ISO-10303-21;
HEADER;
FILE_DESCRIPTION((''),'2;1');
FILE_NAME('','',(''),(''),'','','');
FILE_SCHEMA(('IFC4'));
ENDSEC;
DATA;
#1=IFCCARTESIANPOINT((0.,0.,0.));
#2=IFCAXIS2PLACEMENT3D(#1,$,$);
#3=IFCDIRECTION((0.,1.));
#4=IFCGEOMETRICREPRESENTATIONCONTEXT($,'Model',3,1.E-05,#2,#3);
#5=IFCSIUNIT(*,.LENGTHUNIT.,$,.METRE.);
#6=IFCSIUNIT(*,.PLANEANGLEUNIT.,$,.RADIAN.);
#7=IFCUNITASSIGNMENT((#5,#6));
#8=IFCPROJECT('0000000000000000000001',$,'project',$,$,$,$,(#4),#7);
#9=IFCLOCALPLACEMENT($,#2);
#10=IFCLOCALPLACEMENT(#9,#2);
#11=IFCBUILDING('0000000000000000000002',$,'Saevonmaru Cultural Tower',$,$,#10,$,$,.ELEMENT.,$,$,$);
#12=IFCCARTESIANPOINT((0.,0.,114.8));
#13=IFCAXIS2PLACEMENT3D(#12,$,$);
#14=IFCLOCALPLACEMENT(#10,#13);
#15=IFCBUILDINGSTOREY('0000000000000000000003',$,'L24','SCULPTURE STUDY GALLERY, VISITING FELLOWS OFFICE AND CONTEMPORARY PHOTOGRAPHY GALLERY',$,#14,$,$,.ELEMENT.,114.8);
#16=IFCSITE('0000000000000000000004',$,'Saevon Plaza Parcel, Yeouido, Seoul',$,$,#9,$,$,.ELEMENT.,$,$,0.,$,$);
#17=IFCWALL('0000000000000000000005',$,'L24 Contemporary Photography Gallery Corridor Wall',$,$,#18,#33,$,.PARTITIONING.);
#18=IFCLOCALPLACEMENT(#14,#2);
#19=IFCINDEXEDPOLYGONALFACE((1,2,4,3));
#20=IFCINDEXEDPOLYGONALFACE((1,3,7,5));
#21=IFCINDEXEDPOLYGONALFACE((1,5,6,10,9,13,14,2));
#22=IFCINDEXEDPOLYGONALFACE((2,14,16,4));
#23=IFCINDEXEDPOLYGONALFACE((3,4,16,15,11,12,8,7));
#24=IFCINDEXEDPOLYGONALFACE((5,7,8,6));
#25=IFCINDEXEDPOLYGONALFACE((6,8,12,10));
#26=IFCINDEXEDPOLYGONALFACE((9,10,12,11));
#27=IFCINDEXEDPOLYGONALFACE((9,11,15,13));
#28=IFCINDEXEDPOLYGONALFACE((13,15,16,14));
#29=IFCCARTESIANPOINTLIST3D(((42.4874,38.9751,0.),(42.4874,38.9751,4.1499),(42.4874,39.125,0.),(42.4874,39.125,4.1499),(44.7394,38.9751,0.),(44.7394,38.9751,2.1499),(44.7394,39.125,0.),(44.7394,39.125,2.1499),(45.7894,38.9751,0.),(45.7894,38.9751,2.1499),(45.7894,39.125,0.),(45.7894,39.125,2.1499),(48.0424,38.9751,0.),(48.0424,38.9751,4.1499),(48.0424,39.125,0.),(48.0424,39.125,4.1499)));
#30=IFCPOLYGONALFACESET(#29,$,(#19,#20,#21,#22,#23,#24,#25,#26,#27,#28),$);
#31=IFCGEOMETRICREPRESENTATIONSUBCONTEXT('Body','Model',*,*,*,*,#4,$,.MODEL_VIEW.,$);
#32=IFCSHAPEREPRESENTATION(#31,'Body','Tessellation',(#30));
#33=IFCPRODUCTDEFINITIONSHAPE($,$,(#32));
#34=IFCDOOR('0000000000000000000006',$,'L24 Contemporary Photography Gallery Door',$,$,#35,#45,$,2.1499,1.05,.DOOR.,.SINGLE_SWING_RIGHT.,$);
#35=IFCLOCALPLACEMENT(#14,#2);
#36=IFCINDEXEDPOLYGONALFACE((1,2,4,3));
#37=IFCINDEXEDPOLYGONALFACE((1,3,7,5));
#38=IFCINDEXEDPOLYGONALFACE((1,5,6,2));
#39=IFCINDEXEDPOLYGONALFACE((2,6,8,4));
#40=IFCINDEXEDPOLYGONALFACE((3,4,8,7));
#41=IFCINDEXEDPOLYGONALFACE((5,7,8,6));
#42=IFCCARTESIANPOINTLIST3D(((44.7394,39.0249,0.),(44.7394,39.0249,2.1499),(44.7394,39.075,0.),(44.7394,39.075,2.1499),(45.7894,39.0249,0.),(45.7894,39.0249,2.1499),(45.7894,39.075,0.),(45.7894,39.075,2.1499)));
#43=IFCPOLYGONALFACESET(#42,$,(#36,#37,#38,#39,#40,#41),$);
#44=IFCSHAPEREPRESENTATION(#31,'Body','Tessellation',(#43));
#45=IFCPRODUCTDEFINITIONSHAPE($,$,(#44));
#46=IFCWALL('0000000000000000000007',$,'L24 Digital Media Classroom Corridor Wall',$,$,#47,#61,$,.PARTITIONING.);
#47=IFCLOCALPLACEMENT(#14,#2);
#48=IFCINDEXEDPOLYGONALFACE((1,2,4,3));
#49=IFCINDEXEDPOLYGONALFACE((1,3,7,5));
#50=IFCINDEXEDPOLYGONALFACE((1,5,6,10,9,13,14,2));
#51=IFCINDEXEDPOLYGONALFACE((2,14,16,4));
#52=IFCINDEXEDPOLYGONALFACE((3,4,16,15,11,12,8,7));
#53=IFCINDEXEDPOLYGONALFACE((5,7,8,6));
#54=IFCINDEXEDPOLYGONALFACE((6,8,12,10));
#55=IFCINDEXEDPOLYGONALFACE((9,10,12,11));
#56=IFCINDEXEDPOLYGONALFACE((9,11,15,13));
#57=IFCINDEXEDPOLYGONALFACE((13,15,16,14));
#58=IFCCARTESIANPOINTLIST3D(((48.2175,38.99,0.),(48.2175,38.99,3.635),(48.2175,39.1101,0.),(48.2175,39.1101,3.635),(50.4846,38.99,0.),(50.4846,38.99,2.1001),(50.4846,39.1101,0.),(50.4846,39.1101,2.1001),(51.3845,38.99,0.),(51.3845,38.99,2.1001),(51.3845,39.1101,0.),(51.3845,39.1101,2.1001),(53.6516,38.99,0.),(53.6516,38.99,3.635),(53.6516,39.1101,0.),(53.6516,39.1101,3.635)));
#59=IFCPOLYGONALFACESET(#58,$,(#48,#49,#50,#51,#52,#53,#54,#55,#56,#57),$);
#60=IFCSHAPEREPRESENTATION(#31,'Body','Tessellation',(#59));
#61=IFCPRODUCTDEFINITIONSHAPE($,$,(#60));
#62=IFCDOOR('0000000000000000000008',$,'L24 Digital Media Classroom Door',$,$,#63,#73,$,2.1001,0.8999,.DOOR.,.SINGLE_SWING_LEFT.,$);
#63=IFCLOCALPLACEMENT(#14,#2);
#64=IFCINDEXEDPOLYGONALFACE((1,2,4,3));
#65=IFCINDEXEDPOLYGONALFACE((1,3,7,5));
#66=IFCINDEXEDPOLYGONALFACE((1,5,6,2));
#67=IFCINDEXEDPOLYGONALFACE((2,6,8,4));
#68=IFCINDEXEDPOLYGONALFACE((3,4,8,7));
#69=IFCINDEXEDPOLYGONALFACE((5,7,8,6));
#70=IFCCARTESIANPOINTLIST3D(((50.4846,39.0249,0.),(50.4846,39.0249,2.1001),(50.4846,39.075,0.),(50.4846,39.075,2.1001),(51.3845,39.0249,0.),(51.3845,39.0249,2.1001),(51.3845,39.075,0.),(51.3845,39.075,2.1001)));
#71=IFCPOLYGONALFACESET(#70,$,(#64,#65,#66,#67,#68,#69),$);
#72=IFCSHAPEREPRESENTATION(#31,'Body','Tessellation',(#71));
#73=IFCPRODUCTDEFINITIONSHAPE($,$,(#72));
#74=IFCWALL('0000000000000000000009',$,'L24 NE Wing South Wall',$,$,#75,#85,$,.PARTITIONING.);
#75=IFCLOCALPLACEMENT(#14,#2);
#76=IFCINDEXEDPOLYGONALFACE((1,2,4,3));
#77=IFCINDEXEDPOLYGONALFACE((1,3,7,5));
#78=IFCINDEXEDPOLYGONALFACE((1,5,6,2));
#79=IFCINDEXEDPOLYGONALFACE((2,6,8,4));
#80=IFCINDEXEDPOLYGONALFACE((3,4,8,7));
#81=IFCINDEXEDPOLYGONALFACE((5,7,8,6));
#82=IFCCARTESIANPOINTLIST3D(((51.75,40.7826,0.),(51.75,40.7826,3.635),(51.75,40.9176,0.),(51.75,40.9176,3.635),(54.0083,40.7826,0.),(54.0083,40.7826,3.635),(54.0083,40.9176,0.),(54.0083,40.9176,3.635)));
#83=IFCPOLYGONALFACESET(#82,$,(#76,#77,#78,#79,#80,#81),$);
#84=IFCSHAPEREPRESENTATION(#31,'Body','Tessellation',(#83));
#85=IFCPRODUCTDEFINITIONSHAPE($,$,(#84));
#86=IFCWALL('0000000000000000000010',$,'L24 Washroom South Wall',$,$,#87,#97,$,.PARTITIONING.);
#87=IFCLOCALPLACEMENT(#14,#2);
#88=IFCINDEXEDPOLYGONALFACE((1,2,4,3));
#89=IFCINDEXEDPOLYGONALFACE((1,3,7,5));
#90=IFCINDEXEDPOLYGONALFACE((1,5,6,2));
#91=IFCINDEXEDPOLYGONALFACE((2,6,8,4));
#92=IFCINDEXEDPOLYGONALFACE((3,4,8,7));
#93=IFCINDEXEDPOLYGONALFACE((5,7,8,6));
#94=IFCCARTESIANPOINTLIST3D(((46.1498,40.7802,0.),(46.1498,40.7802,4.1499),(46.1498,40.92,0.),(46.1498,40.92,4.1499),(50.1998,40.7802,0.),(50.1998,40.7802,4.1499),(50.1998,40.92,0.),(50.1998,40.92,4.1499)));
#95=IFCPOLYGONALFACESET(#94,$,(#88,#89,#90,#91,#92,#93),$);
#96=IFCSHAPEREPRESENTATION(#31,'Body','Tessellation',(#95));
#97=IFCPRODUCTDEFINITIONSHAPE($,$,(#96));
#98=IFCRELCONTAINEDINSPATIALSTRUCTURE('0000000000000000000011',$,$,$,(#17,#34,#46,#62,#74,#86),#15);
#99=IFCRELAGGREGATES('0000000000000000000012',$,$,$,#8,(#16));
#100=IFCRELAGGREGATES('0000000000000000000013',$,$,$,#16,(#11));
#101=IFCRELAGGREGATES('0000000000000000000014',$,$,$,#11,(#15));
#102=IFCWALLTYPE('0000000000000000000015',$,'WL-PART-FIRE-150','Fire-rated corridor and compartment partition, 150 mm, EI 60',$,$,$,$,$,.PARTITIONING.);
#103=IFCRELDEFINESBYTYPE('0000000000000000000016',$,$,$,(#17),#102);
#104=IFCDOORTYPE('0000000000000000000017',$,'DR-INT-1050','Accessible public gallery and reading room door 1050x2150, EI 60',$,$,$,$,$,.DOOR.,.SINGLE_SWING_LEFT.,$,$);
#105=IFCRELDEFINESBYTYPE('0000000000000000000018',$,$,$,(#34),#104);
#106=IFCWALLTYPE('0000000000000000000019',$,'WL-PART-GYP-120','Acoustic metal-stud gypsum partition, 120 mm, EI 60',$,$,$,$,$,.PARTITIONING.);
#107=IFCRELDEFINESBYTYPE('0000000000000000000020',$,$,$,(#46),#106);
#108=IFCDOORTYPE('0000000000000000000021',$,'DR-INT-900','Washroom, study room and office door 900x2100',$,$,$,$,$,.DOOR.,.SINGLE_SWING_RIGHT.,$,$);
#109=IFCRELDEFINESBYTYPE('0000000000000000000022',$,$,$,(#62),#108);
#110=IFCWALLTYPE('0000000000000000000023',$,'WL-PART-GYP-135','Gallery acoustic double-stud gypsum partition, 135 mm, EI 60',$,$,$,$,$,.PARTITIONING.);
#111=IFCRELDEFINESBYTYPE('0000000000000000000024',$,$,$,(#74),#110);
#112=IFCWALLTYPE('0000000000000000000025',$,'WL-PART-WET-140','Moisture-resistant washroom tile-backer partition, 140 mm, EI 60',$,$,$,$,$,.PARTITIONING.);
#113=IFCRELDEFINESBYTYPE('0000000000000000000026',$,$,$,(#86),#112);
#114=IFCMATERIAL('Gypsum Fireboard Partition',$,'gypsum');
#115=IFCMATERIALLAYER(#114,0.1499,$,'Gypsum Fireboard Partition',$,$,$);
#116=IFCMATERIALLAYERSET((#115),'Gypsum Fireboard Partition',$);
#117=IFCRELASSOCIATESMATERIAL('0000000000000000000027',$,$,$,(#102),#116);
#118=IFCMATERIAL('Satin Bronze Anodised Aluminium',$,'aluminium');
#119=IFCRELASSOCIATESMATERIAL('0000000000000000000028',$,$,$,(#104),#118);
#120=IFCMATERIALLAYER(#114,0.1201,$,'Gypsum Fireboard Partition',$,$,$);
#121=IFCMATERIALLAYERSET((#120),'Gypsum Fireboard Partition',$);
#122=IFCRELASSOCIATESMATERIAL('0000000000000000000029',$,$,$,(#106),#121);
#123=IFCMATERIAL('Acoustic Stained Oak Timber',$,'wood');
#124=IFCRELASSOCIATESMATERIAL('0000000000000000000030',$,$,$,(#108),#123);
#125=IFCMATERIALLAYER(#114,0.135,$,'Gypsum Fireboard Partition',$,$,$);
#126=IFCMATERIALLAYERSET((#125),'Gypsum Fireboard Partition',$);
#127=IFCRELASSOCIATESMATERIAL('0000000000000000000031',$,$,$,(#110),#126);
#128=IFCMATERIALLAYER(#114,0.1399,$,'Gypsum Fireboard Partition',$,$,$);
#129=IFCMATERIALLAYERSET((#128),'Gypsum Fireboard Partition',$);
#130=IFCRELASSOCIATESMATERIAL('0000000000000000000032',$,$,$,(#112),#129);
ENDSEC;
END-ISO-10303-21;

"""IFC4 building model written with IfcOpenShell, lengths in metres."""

from ifc_helpers import new_model, si_unit, direction, frame, frame_2d, origin, place, context, subcontext, project, spatial, rectangle, extrude, material, layer, layer_set, type_object, element, fill, save


model = new_model("IFC4")

# Units and contexts
model_context = context("Model", 3, precision=1e-05, world=origin(), true_north=direction((0.0, 1.0)))
body_context = subcontext(model_context, "Body", "Model", "MODEL_VIEW")
ifc_project = project(units=[si_unit("LENGTHUNIT", "METRE"), si_unit("PLANEANGLEUNIT", "RADIAN")], contexts=[model_context])

# Site, building, storey
site_placement = place(None, origin())
site = spatial("IfcSite", under=ifc_project, at=site_placement, Name="Saevon Plaza Parcel, Yeouido, Seoul", CompositionType="ELEMENT", RefElevation=0.0)
building_placement = place(site_placement, origin())
building = spatial("IfcBuilding", under=site, at=building_placement, Name="Saevonmaru Cultural Tower", CompositionType="ELEMENT")
storey_placement = place(building_placement, frame((0.0, 0.0, 114.8)))
storey = spatial("IfcBuildingStorey", under=building, at=storey_placement, Name="L24", Description="SCULPTURE STUDY GALLERY, VISITING FELLOWS OFFICE AND CONTEMPORARY PHOTOGRAPHY GALLERY", CompositionType="ELEMENT", Elevation=114.8)

# Shared definitions
ifc_material_1 = material(Name="Satin Bronze Anodised Aluminium", Category="aluminium")

# Walls, openings, doors
ifc_material_2 = material(Name="Gypsum Fireboard Partition", Category="gypsum")
ifc_layer_1 = layer(ifc_material_2, 0.1499, Name="Gypsum Fireboard Partition")
ifc_layer_set_1 = layer_set([ifc_layer_1], Name="Gypsum Fireboard Partition")
wall_type_1 = type_object("IfcWallType", Name="WL-PART-FIRE-150", Description="Fire-rated corridor and compartment partition, 150 mm, EI 60", PredefinedType="PARTITIONING", material=ifc_layer_set_1)
wall_1_placement = place(storey_placement, frame((42.4875, 39.05, 0.0), z_axis=(0.0, 0.0, 1.0), x_axis=(1.0, 0.0, 0.0)))
wall_1 = element("IfcWall", 1, at=wall_1_placement, inside=storey, type_object=wall_type_1, Name="L24 Contemporary Photography Gallery Corridor Wall", PredefinedType="PARTITIONING", context=body_context, shape_type="SweptSolid", body=[
    extrude(rectangle(XDim=5.5549, YDim=0.1499, at=frame_2d((2.7773, 0.0))), origin(), (0.0, 0.0, 1.0), 4.1499),
])
opening_1_placement = place(wall_1_placement, frame((2.252, 0.0, 0.0)))
opening_1 = element("IfcOpeningElement", 2, at=opening_1_placement, cuts=wall_1, PredefinedType="OPENING", context=body_context, shape_type="SweptSolid", body=[
    extrude(rectangle(XDim=1.05, YDim=2.1499, at=frame_2d((0.5249, 1.075))), frame((0.0, 0.085, 0.0), z_axis=(0.0, -1.0, 0.0), x_axis=(1.0, 0.0, 0.0)), (0.0, 0.0, 1.0), 0.1699),
])
door_type_1 = type_object("IfcDoorType", Name="DR-INT-1050", Description="Accessible public gallery and reading room door 1050x2150, EI 60", OperationType="SINGLE_SWING_LEFT", PredefinedType="DOOR", material=ifc_material_1)
door_1_placement = place(opening_1_placement, origin())
door_1 = element("IfcDoor", 3, at=door_1_placement, inside=storey, type_object=door_type_1, Name="L24 Contemporary Photography Gallery Door", OperationType="SINGLE_SWING_RIGHT", OverallHeight=2.1499, OverallWidth=1.05, PredefinedType="DOOR", context=body_context, shape_type="SweptSolid", body=[
    extrude(rectangle(XDim=1.05, YDim=2.1499, at=frame_2d((0.5249, 1.075))), frame((0.0, 0.0249, 0.0), z_axis=(0.0, -1.0, 0.0), x_axis=(1.0, 0.0, 0.0)), (0.0, 0.0, 1.0), 0.05),
])
fill(opening_1, door_1)
ifc_layer_2 = layer(ifc_material_2, 0.1201, Name="Gypsum Fireboard Partition")
ifc_layer_set_2 = layer_set([ifc_layer_2], Name="Gypsum Fireboard Partition")
wall_type_2 = type_object("IfcWallType", Name="WL-PART-GYP-120", Description="Acoustic metal-stud gypsum partition, 120 mm, EI 60", PredefinedType="PARTITIONING", material=ifc_layer_set_2)
wall_2_placement = place(storey_placement, frame((48.2175, 39.05, 0.0), z_axis=(0.0, 0.0, 1.0), x_axis=(1.0, 0.0, 0.0)))
wall_2 = element("IfcWall", 4, at=wall_2_placement, inside=storey, type_object=wall_type_2, Name="L24 Digital Media Classroom Corridor Wall", PredefinedType="PARTITIONING", context=body_context, shape_type="SweptSolid", body=[
    extrude(rectangle(XDim=5.4341, YDim=0.1201, at=frame_2d((2.717, 0.0))), origin(), (0.0, 0.0, 1.0), 3.635),
])
opening_2_placement = place(wall_2_placement, frame((2.2671, 0.0, 0.0)))
opening_2 = element("IfcOpeningElement", 5, at=opening_2_placement, cuts=wall_2, PredefinedType="OPENING", context=body_context, shape_type="SweptSolid", body=[
    extrude(rectangle(XDim=0.8999, YDim=2.1001, at=frame_2d((0.45, 1.05))), frame((0.0, 0.0701, 0.0), z_axis=(0.0, -1.0, 0.0), x_axis=(1.0, 0.0, 0.0)), (0.0, 0.0, 1.0), 0.1401),
])
ifc_material_3 = material(Name="Acoustic Stained Oak Timber", Category="wood")
door_type_2 = type_object("IfcDoorType", Name="DR-INT-900", Description="Washroom, study room and office door 900x2100", OperationType="SINGLE_SWING_RIGHT", PredefinedType="DOOR", material=ifc_material_3)
door_2_placement = place(opening_2_placement, origin())
door_2 = element("IfcDoor", 6, at=door_2_placement, inside=storey, type_object=door_type_2, Name="L24 Digital Media Classroom Door", OperationType="SINGLE_SWING_LEFT", OverallHeight=2.1001, OverallWidth=0.8999, PredefinedType="DOOR", context=body_context, shape_type="SweptSolid", body=[
    extrude(rectangle(XDim=0.8999, YDim=2.1001, at=frame_2d((0.45, 1.05))), frame((0.0, 0.0249, 0.0), z_axis=(0.0, -1.0, 0.0), x_axis=(1.0, 0.0, 0.0)), (0.0, 0.0, 1.0), 0.05),
])
fill(opening_2, door_2)

# Walls
ifc_layer_3 = layer(ifc_material_2, 0.135, Name="Gypsum Fireboard Partition")
ifc_layer_set_3 = layer_set([ifc_layer_3], Name="Gypsum Fireboard Partition")
wall_type_3 = type_object("IfcWallType", Name="WL-PART-GYP-135", Description="Gallery acoustic double-stud gypsum partition, 135 mm, EI 60", PredefinedType="PARTITIONING", material=ifc_layer_set_3)
wall_3_placement = place(storey_placement, frame((51.75, 40.8501, 0.0), z_axis=(0.0, 0.0, 1.0), x_axis=(1.0, 0.0, 0.0)))
element("IfcWall", 7, at=wall_3_placement, inside=storey, type_object=wall_type_3, Name="L24 NE Wing South Wall", PredefinedType="PARTITIONING", context=body_context, shape_type="SweptSolid", body=[
    extrude(rectangle(XDim=2.2583, YDim=0.135, at=frame_2d((1.1292, 0.0))), origin(), (0.0, 0.0, 1.0), 3.635),
])
ifc_layer_4 = layer(ifc_material_2, 0.1399, Name="Gypsum Fireboard Partition")
ifc_layer_set_4 = layer_set([ifc_layer_4], Name="Gypsum Fireboard Partition")
wall_type_4 = type_object("IfcWallType", Name="WL-PART-WET-140", Description="Moisture-resistant washroom tile-backer partition, 140 mm, EI 60", PredefinedType="PARTITIONING", material=ifc_layer_set_4)
wall_4_placement = place(storey_placement, frame((46.1499, 40.8501, 0.0), z_axis=(0.0, 0.0, 1.0), x_axis=(1.0, 0.0, 0.0)))
element("IfcWall", 8, at=wall_4_placement, inside=storey, type_object=wall_type_4, Name="L24 Washroom South Wall", PredefinedType="PARTITIONING", context=body_context, shape_type="SweptSolid", body=[
    extrude(rectangle(XDim=4.05, YDim=0.1399, at=frame_2d((2.0249, 0.0))), origin(), (0.0, 0.0, 1.0), 4.1499),
])

save(model, "model.ifc")
